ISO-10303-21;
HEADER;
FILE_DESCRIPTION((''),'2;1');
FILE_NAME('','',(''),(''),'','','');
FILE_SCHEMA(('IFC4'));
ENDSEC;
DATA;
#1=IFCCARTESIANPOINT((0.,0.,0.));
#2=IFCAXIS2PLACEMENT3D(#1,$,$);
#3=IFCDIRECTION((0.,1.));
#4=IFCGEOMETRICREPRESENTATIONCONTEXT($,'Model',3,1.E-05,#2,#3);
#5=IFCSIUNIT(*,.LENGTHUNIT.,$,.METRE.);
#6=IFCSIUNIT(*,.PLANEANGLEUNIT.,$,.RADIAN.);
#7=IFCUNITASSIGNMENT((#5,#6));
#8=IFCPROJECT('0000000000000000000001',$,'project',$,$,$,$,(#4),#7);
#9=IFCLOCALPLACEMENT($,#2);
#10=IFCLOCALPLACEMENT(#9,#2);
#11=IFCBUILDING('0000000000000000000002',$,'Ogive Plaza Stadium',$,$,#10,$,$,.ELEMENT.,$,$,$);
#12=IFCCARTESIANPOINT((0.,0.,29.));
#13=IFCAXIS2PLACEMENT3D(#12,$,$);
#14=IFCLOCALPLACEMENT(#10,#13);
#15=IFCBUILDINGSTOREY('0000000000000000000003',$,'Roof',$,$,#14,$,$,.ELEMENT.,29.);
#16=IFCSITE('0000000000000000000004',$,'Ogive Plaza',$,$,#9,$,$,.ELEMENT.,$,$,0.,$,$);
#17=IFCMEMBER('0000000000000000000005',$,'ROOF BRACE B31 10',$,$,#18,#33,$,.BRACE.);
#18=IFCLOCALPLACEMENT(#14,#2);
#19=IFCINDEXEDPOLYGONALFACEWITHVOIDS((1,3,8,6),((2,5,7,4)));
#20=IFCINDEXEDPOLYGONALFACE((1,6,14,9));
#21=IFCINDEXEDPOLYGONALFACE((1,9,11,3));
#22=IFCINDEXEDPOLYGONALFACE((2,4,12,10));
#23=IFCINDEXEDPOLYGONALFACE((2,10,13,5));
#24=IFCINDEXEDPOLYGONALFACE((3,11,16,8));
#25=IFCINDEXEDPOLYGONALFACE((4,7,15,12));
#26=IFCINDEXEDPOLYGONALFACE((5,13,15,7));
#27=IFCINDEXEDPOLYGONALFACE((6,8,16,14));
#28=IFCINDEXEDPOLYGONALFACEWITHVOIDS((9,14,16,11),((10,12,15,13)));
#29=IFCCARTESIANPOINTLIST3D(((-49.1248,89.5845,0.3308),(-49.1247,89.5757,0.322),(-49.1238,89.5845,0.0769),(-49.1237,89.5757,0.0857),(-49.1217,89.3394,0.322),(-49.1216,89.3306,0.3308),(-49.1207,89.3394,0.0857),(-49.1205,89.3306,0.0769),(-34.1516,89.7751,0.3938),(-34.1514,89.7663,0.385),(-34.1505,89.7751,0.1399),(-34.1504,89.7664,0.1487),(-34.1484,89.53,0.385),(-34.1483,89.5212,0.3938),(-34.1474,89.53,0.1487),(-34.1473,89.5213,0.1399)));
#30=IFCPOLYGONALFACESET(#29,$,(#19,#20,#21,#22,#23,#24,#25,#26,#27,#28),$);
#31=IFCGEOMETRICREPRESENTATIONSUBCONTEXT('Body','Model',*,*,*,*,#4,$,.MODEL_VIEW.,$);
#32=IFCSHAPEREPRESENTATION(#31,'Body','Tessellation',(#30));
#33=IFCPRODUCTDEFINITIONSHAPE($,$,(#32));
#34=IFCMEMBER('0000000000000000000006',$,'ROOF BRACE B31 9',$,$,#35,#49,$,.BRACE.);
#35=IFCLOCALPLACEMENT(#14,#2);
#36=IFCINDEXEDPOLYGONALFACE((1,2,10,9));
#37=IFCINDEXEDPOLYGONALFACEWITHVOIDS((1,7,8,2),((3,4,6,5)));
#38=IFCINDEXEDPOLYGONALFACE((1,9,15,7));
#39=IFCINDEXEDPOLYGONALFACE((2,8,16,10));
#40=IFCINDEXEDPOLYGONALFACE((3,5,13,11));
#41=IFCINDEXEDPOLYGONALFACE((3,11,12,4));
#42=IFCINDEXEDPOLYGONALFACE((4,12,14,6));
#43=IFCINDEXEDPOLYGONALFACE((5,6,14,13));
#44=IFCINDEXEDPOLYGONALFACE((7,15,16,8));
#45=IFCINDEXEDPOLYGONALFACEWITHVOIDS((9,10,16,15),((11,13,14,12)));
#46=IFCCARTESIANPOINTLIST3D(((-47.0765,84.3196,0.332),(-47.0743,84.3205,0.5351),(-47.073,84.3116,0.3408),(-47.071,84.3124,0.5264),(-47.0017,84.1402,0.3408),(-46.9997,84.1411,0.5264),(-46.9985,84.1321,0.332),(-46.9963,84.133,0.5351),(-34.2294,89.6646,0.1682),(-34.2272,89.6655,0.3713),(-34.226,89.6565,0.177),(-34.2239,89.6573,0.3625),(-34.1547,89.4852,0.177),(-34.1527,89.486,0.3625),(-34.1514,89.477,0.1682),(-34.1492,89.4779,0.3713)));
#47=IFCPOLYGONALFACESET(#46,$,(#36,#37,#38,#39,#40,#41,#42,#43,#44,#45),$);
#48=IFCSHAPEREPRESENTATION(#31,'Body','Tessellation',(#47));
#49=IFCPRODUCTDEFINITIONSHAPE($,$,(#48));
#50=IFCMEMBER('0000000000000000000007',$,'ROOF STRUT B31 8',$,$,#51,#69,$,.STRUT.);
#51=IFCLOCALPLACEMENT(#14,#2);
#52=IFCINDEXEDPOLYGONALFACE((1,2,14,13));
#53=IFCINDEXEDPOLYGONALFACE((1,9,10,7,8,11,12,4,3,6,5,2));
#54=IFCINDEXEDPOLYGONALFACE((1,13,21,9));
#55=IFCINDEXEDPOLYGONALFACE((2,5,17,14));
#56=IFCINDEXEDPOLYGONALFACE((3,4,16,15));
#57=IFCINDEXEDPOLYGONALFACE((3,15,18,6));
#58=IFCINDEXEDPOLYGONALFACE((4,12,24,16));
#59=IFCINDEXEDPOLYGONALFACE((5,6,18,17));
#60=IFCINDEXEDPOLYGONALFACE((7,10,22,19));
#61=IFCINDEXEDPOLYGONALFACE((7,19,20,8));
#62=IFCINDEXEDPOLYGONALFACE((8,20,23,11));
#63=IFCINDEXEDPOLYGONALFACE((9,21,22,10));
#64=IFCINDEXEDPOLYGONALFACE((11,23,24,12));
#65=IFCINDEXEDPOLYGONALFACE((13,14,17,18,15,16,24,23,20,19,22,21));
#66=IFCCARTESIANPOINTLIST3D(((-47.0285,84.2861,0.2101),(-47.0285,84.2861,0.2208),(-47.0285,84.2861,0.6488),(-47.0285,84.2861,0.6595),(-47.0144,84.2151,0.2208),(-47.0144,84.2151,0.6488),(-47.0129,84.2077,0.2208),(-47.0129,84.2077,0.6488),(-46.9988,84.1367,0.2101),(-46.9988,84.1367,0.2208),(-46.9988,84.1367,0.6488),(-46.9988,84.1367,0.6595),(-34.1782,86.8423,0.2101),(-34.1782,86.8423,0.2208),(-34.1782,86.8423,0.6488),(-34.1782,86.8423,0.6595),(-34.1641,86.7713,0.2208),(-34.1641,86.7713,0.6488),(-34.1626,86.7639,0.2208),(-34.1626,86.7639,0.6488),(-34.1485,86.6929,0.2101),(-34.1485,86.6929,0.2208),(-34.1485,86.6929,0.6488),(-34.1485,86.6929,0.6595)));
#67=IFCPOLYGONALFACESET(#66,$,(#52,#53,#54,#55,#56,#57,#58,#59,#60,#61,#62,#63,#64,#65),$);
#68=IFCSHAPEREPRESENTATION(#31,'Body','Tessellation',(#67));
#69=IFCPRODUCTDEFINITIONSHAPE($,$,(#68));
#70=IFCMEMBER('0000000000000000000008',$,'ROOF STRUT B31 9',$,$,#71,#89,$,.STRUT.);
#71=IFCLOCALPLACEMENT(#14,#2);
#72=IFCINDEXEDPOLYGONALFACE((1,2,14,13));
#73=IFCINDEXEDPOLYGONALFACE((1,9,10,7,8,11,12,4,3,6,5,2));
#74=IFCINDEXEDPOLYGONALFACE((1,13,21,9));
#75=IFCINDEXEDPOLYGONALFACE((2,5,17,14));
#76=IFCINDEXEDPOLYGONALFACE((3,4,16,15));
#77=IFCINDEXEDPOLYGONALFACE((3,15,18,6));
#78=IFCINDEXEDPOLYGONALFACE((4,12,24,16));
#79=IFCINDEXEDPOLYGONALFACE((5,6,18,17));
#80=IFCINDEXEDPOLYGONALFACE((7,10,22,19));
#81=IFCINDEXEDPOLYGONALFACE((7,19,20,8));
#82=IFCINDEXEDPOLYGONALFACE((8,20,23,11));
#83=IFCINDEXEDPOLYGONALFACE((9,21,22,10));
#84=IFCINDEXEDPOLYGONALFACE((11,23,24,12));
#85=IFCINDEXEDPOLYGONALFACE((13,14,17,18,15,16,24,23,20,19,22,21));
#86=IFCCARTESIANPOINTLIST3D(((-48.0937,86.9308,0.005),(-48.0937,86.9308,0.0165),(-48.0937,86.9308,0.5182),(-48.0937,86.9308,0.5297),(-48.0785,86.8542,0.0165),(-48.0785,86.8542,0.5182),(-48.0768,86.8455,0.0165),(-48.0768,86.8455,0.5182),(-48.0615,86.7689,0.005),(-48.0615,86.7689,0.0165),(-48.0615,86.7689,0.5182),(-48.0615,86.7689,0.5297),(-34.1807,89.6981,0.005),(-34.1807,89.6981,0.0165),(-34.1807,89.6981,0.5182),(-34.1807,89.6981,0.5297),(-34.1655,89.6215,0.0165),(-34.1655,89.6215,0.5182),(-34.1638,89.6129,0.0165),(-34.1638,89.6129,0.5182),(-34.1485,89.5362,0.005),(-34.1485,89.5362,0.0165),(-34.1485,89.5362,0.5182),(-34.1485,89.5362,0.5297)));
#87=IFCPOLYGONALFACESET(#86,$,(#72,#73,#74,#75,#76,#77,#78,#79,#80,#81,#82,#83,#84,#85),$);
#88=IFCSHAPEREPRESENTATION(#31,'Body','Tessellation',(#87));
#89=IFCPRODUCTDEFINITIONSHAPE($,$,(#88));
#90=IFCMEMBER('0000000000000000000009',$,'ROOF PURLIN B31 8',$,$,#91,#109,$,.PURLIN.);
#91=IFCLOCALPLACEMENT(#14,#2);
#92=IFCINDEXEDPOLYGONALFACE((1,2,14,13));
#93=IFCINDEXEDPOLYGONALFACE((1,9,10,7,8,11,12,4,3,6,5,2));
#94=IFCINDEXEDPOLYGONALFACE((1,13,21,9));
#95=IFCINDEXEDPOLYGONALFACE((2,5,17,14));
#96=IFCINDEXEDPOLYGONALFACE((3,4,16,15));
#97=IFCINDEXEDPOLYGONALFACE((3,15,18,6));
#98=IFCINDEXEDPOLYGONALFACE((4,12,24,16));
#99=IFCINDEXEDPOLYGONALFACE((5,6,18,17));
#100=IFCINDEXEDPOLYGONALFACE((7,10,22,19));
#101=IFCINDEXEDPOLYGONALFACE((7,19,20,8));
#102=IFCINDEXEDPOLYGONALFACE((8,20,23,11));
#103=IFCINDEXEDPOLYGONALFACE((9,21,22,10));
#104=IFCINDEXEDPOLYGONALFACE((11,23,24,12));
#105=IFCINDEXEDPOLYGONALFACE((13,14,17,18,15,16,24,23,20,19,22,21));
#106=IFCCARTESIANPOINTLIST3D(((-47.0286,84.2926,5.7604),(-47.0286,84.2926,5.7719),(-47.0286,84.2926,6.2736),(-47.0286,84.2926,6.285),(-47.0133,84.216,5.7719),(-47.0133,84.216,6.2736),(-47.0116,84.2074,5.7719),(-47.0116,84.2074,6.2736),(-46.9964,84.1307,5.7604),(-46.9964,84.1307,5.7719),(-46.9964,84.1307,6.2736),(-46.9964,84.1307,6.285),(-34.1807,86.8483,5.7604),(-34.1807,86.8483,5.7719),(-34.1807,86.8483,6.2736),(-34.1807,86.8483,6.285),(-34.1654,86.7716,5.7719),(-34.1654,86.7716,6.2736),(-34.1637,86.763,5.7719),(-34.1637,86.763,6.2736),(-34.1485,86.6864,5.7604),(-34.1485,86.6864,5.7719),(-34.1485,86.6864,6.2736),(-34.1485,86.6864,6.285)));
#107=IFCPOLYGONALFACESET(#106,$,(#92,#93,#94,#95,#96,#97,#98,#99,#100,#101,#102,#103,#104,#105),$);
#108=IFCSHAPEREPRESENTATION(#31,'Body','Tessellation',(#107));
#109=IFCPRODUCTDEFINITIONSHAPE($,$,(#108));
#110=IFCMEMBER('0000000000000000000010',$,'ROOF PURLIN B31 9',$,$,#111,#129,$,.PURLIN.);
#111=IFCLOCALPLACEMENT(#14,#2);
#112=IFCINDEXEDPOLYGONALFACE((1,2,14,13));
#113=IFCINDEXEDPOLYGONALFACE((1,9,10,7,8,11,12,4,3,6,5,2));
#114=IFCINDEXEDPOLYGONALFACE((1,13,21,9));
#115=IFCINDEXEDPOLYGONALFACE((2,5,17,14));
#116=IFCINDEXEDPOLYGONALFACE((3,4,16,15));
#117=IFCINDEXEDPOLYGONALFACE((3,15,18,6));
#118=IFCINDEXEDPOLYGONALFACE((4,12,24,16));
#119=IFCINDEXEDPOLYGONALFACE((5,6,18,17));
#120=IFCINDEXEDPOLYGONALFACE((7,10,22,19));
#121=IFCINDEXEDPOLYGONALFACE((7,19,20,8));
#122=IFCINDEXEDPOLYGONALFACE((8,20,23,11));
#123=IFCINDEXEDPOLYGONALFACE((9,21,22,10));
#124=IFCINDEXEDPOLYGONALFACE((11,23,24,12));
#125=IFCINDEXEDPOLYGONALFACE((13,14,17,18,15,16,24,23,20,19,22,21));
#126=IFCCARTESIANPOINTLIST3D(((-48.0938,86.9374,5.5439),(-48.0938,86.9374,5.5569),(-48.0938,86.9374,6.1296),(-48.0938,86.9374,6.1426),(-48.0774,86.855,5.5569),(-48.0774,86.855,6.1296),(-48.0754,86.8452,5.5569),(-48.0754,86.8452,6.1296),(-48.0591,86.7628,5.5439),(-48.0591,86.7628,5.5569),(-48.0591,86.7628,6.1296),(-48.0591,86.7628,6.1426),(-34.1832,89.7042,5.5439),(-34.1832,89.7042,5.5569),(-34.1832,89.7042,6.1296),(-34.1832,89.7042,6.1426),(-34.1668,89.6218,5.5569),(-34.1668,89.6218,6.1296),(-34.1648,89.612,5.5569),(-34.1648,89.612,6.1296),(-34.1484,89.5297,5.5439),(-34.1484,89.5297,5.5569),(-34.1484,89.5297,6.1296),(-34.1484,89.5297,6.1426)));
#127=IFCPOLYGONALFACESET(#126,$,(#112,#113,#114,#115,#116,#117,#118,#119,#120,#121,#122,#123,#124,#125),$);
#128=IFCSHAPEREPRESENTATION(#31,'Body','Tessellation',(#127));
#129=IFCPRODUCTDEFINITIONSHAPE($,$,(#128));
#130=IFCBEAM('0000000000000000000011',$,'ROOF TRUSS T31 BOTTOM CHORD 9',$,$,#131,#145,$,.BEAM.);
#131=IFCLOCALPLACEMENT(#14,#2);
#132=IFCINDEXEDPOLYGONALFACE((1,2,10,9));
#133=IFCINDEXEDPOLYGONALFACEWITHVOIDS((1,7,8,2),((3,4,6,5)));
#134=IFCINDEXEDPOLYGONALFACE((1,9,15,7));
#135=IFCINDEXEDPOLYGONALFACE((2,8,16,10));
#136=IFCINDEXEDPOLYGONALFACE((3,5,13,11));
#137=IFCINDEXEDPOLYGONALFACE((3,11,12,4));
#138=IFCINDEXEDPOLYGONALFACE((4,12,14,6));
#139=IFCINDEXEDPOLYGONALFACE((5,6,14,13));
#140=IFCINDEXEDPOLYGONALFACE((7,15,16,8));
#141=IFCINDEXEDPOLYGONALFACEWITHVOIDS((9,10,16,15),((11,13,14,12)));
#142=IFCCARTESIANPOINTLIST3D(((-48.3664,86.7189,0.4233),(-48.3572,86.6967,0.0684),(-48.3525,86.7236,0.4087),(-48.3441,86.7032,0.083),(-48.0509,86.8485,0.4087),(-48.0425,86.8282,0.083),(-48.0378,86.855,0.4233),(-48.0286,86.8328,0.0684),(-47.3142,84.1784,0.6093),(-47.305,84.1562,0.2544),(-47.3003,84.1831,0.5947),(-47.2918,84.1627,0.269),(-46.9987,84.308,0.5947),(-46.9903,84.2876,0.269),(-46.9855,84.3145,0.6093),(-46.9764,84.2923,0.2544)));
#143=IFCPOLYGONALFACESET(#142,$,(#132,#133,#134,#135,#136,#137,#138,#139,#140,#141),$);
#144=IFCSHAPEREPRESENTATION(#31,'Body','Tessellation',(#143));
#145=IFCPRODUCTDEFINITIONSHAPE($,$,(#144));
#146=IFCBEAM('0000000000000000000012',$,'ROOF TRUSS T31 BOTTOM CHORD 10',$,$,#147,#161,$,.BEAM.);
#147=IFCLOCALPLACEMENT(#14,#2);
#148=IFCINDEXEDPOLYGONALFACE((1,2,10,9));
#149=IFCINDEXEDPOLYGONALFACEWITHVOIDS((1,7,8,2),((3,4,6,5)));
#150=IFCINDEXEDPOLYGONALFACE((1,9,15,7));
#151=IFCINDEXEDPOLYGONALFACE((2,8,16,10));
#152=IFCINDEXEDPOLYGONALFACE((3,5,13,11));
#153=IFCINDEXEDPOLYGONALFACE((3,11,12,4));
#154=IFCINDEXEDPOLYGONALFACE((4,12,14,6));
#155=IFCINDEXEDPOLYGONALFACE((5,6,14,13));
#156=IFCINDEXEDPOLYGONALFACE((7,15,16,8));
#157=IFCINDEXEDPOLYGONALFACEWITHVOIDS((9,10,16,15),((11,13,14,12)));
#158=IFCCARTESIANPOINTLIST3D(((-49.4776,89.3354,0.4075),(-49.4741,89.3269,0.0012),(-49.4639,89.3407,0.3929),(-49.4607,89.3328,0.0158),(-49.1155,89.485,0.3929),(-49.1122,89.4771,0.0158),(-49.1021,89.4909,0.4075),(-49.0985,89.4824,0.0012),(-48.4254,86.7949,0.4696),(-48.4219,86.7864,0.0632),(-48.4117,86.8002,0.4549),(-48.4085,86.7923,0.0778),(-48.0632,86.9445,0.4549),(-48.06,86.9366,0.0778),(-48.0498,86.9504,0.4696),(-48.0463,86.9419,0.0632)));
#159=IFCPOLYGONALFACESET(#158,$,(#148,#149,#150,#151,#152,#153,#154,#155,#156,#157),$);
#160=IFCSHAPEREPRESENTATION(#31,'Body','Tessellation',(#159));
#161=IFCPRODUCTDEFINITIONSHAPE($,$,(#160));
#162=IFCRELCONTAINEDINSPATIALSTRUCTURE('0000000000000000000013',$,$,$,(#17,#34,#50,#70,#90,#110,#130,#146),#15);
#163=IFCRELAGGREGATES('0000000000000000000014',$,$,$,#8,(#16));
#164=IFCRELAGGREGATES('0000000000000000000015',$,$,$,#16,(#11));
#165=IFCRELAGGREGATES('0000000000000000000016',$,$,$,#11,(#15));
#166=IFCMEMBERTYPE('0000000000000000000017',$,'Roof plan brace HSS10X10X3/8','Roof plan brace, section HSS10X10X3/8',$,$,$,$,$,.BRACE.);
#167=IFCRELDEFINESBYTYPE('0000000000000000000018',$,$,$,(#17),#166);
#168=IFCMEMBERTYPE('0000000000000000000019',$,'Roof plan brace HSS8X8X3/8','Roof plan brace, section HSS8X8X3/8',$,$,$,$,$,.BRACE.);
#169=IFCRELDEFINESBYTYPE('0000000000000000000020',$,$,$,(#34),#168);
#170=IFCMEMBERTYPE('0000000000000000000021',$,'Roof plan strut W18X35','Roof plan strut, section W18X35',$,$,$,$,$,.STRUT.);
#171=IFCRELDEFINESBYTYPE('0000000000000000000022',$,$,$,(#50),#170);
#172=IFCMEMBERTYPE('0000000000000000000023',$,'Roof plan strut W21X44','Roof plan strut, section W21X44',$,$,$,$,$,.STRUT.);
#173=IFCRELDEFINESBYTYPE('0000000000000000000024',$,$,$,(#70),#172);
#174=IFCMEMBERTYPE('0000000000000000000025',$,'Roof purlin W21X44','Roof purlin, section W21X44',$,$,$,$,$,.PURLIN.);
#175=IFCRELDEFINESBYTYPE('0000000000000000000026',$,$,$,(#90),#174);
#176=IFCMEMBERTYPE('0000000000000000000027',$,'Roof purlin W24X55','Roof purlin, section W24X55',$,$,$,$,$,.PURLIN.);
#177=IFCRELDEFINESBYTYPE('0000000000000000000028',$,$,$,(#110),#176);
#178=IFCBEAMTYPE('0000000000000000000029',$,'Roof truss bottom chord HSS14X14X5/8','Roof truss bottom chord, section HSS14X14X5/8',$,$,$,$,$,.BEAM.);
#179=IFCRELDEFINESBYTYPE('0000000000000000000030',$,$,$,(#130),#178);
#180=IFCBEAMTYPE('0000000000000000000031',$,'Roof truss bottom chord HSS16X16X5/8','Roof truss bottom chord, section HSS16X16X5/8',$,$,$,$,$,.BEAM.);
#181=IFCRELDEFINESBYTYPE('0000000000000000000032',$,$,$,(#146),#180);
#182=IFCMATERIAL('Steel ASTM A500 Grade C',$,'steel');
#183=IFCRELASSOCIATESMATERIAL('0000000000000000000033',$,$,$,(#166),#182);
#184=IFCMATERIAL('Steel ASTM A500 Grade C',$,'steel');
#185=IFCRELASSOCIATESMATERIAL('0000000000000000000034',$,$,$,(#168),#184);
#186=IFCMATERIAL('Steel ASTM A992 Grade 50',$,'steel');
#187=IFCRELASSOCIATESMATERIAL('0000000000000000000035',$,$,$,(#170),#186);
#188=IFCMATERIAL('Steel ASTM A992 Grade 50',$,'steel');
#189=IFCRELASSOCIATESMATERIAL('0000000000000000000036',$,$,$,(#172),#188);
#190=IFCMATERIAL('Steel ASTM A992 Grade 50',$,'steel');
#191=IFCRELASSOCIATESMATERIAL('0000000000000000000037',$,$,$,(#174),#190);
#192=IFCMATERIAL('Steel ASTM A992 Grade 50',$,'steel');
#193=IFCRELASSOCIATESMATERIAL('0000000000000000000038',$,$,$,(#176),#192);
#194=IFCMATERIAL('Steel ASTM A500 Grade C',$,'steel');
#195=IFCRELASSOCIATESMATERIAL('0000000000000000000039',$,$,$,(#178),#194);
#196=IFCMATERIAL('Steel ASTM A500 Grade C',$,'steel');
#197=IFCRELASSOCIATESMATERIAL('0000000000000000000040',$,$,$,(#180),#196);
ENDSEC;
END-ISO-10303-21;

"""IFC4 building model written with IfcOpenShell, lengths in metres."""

from ifc_helpers import new_model, si_unit, direction, frame, origin, origin_2d, place, context, subcontext, project, spatial, hollow_rectangle, i_section, extrude, material, material_profile, profile_set, type_object, element, save


model = new_model("IFC4")

# Units and contexts
model_context = context("Model", 3, precision=1e-05, world=origin(), true_north=direction((0.0, 1.0)))
body_context = subcontext(model_context, "Body", "Model", "MODEL_VIEW")
ifc_project = project(units=[si_unit("LENGTHUNIT", "METRE"), si_unit("PLANEANGLEUNIT", "RADIAN")], contexts=[model_context])

# Site, building, storey
site_placement = place(None, origin())
site = spatial("IfcSite", under=ifc_project, at=site_placement, Name="Ogive Plaza", CompositionType="ELEMENT", RefElevation=0.0)
building_placement = place(site_placement, origin())
building = spatial("IfcBuilding", under=site, at=building_placement, Name="Ogive Plaza Stadium", CompositionType="ELEMENT")
storey_placement = place(building_placement, frame((0.0, 0.0, 29.0)))
storey = spatial("IfcBuildingStorey", under=building, at=storey_placement, Name="Roof", CompositionType="ELEMENT", Elevation=29.0)

# Members
ifc_material_1 = material(Name="Steel ASTM A500 Grade C", Category="steel")
ifc_material_profile_1 = material_profile(ifc_material_1, hollow_rectangle(XDim=0.2539, YDim=0.2539, WallThickness=0.0088, at=origin_2d()), Name="HSS10X10X3/8")
ifc_profile_set_1 = profile_set([ifc_material_profile_1], Name="Steel ASTM A500 Grade C")
member_type_1 = type_object("IfcMemberType", Name="Roof plan brace HSS10X10X3/8", Description="Roof plan brace, section HSS10X10X3/8", PredefinedType="BRACE", material=ifc_profile_set_1)
member_1_placement = place(storey_placement, frame((-34.1494, 89.6482, 0.2668), z_axis=(-0.99991, -0.012733, -0.004206), x_axis=(0.012733, -0.999919, 0.0)))
element("IfcMember", 1, at=member_1_placement, inside=storey, type_object=member_type_1, Name="ROOF BRACE B31 10", PredefinedType="BRACE", context=body_context, shape_type="SweptSolid", body=[
    extrude(hollow_rectangle(XDim=0.2539, YDim=0.2539, WallThickness=0.0088, at=origin_2d()), origin(), (0.0, 0.0, 1.0), 14.9746),
])
ifc_material_2 = material(Name="Steel ASTM A500 Grade C", Category="steel")
ifc_material_profile_2 = material_profile(ifc_material_2, hollow_rectangle(XDim=0.2031, YDim=0.2031, WallThickness=0.0088, at=origin_2d()), Name="HSS8X8X3/8")
ifc_profile_set_2 = profile_set([ifc_material_profile_2], Name="Steel ASTM A500 Grade C")
member_type_2 = type_object("IfcMemberType", Name="Roof plan brace HSS8X8X3/8", Description="Roof plan brace, section HSS8X8X3/8", PredefinedType="BRACE", material=ifc_profile_set_2)
member_2_placement = place(storey_placement, frame((-47.0364, 84.2263, 0.4336), z_axis=(0.923217, 0.384098, -0.011772), x_axis=(-0.384124, 0.923281, 0.0)))
element("IfcMember", 2, at=member_2_placement, inside=storey, type_object=member_type_2, Name="ROOF BRACE B31 9", PredefinedType="BRACE", context=body_context, shape_type="SweptSolid", body=[
    extrude(hollow_rectangle(XDim=0.2031, YDim=0.2031, WallThickness=0.0088, at=origin_2d()), origin(), (0.0, 0.0, 1.0), 13.9155),
])
ifc_material_3 = material(Name="Steel ASTM A992 Grade 50", Category="steel")
ifc_material_profile_3 = material_profile(ifc_material_3, i_section(OverallWidth=0.1523, OverallDepth=0.4495, WebThickness=0.0076, FlangeThickness=0.0107, at=origin_2d()), Name="W18X35")
ifc_profile_set_3 = profile_set([ifc_material_profile_3], Name="Steel ASTM A992 Grade 50")
member_type_3 = type_object("IfcMemberType", Name="Roof plan strut W18X35", Description="Roof plan strut, section W18X35", PredefinedType="STRUT", material=ifc_profile_set_3)
member_3_placement = place(storey_placement, frame((-47.0137, 84.2114, 0.4348), z_axis=(0.980784, 0.195095, 0.0), x_axis=(-0.195095, 0.980784, 0.0)))
element("IfcMember", 3, at=member_3_placement, inside=storey, type_object=member_type_3, Name="ROOF STRUT B31 8", PredefinedType="STRUT", context=body_context, shape_type="SweptSolid", body=[
    extrude(i_section(OverallWidth=0.1523, OverallDepth=0.4495, WebThickness=0.0076, FlangeThickness=0.0107, at=origin_2d()), origin(), (0.0, 0.0, 1.0), 13.1021),
])
ifc_material_4 = material(Name="Steel ASTM A992 Grade 50", Category="steel")
ifc_material_profile_4 = material_profile(ifc_material_4, i_section(OverallWidth=0.165, OverallDepth=0.5247, WebThickness=0.0088, FlangeThickness=0.0115, at=origin_2d()), Name="W21X44")
ifc_profile_set_4 = profile_set([ifc_material_profile_4], Name="Steel ASTM A992 Grade 50")
member_type_4 = type_object("IfcMemberType", Name="Roof plan strut W21X44", Description="Roof plan strut, section W21X44", PredefinedType="STRUT", material=ifc_profile_set_4)
member_4_placement = place(storey_placement, frame((-48.0776, 86.8499, 0.2673), z_axis=(0.980787, 0.19508, 0.0), x_axis=(-0.19508, 0.980787, 0.0)))
element("IfcMember", 4, at=member_4_placement, inside=storey, type_object=member_type_4, Name="ROOF STRUT B31 9", PredefinedType="STRUT", context=body_context, shape_type="SweptSolid", body=[
    extrude(i_section(OverallWidth=0.165, OverallDepth=0.5247, WebThickness=0.0088, FlangeThickness=0.0115, at=origin_2d()), origin(), (0.0, 0.0, 1.0), 14.1855),
])
ifc_material_5 = material(Name="Steel ASTM A992 Grade 50", Category="steel")
ifc_material_profile_5 = material_profile(ifc_material_5, i_section(OverallWidth=0.165, OverallDepth=0.5247, WebThickness=0.0088, FlangeThickness=0.0115, at=origin_2d()), Name="W21X44")
ifc_profile_set_5 = profile_set([ifc_material_profile_5], Name="Steel ASTM A992 Grade 50")
member_type_5 = type_object("IfcMemberType", Name="Roof purlin W21X44", Description="Roof purlin, section W21X44", PredefinedType="PURLIN", material=ifc_profile_set_5)
member_5_placement = place(storey_placement, frame((-47.0125, 84.2117, 6.0227), z_axis=(0.980784, 0.195095, 0.0), x_axis=(-0.195095, 0.980784, 0.0)))
element("IfcMember", 5, at=member_5_placement, inside=storey, type_object=member_type_5, Name="ROOF PURLIN B31 8", PredefinedType="PURLIN", context=body_context, shape_type="SweptSolid", body=[
    extrude(i_section(OverallWidth=0.165, OverallDepth=0.5247, WebThickness=0.0088, FlangeThickness=0.0115, at=origin_2d()), origin(), (0.0, 0.0, 1.0), 13.0996),
])
ifc_material_6 = material(Name="Steel ASTM A992 Grade 50", Category="steel")
ifc_material_profile_6 = material_profile(ifc_material_6, i_section(OverallWidth=0.178, OverallDepth=0.5986, WebThickness=0.01, FlangeThickness=0.0129, at=origin_2d()), Name="W24X55")
ifc_profile_set_6 = profile_set([ifc_material_profile_6], Name="Steel ASTM A992 Grade 50")
member_type_6 = type_object("IfcMemberType", Name="Roof purlin W24X55", Description="Roof purlin, section W24X55", PredefinedType="PURLIN", material=ifc_profile_set_6)
member_6_placement = place(storey_placement, frame((-48.0764, 86.8501, 5.8433), z_axis=(0.980787, 0.19508, 0.0), x_axis=(-0.19508, 0.980787, 0.0)))
element("IfcMember", 6, at=member_6_placement, inside=storey, type_object=member_type_6, Name="ROOF PURLIN B31 9", PredefinedType="PURLIN", context=body_context, shape_type="SweptSolid", body=[
    extrude(i_section(OverallWidth=0.178, OverallDepth=0.5986, WebThickness=0.01, FlangeThickness=0.0129, at=origin_2d()), origin(), (0.0, 0.0, 1.0), 14.1831),
])

# Beams
ifc_material_7 = material(Name="Steel ASTM A500 Grade C", Category="steel")
ifc_material_profile_7 = material_profile(ifc_material_7, hollow_rectangle(XDim=0.3557, YDim=0.3557, WallThickness=0.0146, at=origin_2d()), Name="HSS14X14X5/8")
ifc_profile_set_7 = profile_set([ifc_material_profile_7], Name="Steel ASTM A500 Grade C")
beam_type_1 = type_object("IfcBeamType", Name="Roof truss bottom chord HSS14X14X5/8", Description="Roof truss bottom chord, section HSS14X14X5/8", PredefinedType="BEAM", material=ifc_profile_set_7)
beam_1_placement = place(storey_placement, frame((-47.1453, 84.2354, 0.4319), z_axis=(-0.381787, 0.921782, -0.067499), x_axis=(-0.923889, -0.38266, 0.0)))
element("IfcBeam", 7, at=beam_1_placement, inside=storey, type_object=beam_type_1, Name="ROOF TRUSS T31 BOTTOM CHORD 9", PredefinedType="BEAM", context=body_context, shape_type="SweptSolid", body=[
    extrude(hollow_rectangle(XDim=0.3557, YDim=0.3557, WallThickness=0.0146, at=origin_2d()), origin(), (0.0, 0.0, 1.0), 2.7561),
])
ifc_material_8 = material(Name="Steel ASTM A500 Grade C", Category="steel")
ifc_material_profile_8 = material_profile(ifc_material_8, hollow_rectangle(XDim=0.4065, YDim=0.4065, WallThickness=0.0146, at=origin_2d()), Name="HSS16X16X5/8")
ifc_profile_set_8 = profile_set([ifc_material_profile_8], Name="Steel ASTM A500 Grade C")
beam_type_2 = type_object("IfcBeamType", Name="Roof truss bottom chord HSS16X16X5/8", Description="Roof truss bottom chord, section HSS16X16X5/8", PredefinedType="BEAM", material=ifc_profile_set_8)
beam_2_placement = place(storey_placement, frame((-48.2358, 86.8684, 0.2664), z_axis=(-0.382563, 0.923654, -0.022545), x_axis=(-0.923889, -0.38266, 0.0)))
element("IfcBeam", 8, at=beam_2_placement, inside=storey, type_object=beam_type_2, Name="ROOF TRUSS T31 BOTTOM CHORD 10", PredefinedType="BEAM", context=body_context, shape_type="SweptSolid", body=[
    extrude(hollow_rectangle(XDim=0.4065, YDim=0.4065, WallThickness=0.0146, at=origin_2d()), origin(), (0.0, 0.0, 1.0), 2.7505),
])

save(model, "model.ifc")
